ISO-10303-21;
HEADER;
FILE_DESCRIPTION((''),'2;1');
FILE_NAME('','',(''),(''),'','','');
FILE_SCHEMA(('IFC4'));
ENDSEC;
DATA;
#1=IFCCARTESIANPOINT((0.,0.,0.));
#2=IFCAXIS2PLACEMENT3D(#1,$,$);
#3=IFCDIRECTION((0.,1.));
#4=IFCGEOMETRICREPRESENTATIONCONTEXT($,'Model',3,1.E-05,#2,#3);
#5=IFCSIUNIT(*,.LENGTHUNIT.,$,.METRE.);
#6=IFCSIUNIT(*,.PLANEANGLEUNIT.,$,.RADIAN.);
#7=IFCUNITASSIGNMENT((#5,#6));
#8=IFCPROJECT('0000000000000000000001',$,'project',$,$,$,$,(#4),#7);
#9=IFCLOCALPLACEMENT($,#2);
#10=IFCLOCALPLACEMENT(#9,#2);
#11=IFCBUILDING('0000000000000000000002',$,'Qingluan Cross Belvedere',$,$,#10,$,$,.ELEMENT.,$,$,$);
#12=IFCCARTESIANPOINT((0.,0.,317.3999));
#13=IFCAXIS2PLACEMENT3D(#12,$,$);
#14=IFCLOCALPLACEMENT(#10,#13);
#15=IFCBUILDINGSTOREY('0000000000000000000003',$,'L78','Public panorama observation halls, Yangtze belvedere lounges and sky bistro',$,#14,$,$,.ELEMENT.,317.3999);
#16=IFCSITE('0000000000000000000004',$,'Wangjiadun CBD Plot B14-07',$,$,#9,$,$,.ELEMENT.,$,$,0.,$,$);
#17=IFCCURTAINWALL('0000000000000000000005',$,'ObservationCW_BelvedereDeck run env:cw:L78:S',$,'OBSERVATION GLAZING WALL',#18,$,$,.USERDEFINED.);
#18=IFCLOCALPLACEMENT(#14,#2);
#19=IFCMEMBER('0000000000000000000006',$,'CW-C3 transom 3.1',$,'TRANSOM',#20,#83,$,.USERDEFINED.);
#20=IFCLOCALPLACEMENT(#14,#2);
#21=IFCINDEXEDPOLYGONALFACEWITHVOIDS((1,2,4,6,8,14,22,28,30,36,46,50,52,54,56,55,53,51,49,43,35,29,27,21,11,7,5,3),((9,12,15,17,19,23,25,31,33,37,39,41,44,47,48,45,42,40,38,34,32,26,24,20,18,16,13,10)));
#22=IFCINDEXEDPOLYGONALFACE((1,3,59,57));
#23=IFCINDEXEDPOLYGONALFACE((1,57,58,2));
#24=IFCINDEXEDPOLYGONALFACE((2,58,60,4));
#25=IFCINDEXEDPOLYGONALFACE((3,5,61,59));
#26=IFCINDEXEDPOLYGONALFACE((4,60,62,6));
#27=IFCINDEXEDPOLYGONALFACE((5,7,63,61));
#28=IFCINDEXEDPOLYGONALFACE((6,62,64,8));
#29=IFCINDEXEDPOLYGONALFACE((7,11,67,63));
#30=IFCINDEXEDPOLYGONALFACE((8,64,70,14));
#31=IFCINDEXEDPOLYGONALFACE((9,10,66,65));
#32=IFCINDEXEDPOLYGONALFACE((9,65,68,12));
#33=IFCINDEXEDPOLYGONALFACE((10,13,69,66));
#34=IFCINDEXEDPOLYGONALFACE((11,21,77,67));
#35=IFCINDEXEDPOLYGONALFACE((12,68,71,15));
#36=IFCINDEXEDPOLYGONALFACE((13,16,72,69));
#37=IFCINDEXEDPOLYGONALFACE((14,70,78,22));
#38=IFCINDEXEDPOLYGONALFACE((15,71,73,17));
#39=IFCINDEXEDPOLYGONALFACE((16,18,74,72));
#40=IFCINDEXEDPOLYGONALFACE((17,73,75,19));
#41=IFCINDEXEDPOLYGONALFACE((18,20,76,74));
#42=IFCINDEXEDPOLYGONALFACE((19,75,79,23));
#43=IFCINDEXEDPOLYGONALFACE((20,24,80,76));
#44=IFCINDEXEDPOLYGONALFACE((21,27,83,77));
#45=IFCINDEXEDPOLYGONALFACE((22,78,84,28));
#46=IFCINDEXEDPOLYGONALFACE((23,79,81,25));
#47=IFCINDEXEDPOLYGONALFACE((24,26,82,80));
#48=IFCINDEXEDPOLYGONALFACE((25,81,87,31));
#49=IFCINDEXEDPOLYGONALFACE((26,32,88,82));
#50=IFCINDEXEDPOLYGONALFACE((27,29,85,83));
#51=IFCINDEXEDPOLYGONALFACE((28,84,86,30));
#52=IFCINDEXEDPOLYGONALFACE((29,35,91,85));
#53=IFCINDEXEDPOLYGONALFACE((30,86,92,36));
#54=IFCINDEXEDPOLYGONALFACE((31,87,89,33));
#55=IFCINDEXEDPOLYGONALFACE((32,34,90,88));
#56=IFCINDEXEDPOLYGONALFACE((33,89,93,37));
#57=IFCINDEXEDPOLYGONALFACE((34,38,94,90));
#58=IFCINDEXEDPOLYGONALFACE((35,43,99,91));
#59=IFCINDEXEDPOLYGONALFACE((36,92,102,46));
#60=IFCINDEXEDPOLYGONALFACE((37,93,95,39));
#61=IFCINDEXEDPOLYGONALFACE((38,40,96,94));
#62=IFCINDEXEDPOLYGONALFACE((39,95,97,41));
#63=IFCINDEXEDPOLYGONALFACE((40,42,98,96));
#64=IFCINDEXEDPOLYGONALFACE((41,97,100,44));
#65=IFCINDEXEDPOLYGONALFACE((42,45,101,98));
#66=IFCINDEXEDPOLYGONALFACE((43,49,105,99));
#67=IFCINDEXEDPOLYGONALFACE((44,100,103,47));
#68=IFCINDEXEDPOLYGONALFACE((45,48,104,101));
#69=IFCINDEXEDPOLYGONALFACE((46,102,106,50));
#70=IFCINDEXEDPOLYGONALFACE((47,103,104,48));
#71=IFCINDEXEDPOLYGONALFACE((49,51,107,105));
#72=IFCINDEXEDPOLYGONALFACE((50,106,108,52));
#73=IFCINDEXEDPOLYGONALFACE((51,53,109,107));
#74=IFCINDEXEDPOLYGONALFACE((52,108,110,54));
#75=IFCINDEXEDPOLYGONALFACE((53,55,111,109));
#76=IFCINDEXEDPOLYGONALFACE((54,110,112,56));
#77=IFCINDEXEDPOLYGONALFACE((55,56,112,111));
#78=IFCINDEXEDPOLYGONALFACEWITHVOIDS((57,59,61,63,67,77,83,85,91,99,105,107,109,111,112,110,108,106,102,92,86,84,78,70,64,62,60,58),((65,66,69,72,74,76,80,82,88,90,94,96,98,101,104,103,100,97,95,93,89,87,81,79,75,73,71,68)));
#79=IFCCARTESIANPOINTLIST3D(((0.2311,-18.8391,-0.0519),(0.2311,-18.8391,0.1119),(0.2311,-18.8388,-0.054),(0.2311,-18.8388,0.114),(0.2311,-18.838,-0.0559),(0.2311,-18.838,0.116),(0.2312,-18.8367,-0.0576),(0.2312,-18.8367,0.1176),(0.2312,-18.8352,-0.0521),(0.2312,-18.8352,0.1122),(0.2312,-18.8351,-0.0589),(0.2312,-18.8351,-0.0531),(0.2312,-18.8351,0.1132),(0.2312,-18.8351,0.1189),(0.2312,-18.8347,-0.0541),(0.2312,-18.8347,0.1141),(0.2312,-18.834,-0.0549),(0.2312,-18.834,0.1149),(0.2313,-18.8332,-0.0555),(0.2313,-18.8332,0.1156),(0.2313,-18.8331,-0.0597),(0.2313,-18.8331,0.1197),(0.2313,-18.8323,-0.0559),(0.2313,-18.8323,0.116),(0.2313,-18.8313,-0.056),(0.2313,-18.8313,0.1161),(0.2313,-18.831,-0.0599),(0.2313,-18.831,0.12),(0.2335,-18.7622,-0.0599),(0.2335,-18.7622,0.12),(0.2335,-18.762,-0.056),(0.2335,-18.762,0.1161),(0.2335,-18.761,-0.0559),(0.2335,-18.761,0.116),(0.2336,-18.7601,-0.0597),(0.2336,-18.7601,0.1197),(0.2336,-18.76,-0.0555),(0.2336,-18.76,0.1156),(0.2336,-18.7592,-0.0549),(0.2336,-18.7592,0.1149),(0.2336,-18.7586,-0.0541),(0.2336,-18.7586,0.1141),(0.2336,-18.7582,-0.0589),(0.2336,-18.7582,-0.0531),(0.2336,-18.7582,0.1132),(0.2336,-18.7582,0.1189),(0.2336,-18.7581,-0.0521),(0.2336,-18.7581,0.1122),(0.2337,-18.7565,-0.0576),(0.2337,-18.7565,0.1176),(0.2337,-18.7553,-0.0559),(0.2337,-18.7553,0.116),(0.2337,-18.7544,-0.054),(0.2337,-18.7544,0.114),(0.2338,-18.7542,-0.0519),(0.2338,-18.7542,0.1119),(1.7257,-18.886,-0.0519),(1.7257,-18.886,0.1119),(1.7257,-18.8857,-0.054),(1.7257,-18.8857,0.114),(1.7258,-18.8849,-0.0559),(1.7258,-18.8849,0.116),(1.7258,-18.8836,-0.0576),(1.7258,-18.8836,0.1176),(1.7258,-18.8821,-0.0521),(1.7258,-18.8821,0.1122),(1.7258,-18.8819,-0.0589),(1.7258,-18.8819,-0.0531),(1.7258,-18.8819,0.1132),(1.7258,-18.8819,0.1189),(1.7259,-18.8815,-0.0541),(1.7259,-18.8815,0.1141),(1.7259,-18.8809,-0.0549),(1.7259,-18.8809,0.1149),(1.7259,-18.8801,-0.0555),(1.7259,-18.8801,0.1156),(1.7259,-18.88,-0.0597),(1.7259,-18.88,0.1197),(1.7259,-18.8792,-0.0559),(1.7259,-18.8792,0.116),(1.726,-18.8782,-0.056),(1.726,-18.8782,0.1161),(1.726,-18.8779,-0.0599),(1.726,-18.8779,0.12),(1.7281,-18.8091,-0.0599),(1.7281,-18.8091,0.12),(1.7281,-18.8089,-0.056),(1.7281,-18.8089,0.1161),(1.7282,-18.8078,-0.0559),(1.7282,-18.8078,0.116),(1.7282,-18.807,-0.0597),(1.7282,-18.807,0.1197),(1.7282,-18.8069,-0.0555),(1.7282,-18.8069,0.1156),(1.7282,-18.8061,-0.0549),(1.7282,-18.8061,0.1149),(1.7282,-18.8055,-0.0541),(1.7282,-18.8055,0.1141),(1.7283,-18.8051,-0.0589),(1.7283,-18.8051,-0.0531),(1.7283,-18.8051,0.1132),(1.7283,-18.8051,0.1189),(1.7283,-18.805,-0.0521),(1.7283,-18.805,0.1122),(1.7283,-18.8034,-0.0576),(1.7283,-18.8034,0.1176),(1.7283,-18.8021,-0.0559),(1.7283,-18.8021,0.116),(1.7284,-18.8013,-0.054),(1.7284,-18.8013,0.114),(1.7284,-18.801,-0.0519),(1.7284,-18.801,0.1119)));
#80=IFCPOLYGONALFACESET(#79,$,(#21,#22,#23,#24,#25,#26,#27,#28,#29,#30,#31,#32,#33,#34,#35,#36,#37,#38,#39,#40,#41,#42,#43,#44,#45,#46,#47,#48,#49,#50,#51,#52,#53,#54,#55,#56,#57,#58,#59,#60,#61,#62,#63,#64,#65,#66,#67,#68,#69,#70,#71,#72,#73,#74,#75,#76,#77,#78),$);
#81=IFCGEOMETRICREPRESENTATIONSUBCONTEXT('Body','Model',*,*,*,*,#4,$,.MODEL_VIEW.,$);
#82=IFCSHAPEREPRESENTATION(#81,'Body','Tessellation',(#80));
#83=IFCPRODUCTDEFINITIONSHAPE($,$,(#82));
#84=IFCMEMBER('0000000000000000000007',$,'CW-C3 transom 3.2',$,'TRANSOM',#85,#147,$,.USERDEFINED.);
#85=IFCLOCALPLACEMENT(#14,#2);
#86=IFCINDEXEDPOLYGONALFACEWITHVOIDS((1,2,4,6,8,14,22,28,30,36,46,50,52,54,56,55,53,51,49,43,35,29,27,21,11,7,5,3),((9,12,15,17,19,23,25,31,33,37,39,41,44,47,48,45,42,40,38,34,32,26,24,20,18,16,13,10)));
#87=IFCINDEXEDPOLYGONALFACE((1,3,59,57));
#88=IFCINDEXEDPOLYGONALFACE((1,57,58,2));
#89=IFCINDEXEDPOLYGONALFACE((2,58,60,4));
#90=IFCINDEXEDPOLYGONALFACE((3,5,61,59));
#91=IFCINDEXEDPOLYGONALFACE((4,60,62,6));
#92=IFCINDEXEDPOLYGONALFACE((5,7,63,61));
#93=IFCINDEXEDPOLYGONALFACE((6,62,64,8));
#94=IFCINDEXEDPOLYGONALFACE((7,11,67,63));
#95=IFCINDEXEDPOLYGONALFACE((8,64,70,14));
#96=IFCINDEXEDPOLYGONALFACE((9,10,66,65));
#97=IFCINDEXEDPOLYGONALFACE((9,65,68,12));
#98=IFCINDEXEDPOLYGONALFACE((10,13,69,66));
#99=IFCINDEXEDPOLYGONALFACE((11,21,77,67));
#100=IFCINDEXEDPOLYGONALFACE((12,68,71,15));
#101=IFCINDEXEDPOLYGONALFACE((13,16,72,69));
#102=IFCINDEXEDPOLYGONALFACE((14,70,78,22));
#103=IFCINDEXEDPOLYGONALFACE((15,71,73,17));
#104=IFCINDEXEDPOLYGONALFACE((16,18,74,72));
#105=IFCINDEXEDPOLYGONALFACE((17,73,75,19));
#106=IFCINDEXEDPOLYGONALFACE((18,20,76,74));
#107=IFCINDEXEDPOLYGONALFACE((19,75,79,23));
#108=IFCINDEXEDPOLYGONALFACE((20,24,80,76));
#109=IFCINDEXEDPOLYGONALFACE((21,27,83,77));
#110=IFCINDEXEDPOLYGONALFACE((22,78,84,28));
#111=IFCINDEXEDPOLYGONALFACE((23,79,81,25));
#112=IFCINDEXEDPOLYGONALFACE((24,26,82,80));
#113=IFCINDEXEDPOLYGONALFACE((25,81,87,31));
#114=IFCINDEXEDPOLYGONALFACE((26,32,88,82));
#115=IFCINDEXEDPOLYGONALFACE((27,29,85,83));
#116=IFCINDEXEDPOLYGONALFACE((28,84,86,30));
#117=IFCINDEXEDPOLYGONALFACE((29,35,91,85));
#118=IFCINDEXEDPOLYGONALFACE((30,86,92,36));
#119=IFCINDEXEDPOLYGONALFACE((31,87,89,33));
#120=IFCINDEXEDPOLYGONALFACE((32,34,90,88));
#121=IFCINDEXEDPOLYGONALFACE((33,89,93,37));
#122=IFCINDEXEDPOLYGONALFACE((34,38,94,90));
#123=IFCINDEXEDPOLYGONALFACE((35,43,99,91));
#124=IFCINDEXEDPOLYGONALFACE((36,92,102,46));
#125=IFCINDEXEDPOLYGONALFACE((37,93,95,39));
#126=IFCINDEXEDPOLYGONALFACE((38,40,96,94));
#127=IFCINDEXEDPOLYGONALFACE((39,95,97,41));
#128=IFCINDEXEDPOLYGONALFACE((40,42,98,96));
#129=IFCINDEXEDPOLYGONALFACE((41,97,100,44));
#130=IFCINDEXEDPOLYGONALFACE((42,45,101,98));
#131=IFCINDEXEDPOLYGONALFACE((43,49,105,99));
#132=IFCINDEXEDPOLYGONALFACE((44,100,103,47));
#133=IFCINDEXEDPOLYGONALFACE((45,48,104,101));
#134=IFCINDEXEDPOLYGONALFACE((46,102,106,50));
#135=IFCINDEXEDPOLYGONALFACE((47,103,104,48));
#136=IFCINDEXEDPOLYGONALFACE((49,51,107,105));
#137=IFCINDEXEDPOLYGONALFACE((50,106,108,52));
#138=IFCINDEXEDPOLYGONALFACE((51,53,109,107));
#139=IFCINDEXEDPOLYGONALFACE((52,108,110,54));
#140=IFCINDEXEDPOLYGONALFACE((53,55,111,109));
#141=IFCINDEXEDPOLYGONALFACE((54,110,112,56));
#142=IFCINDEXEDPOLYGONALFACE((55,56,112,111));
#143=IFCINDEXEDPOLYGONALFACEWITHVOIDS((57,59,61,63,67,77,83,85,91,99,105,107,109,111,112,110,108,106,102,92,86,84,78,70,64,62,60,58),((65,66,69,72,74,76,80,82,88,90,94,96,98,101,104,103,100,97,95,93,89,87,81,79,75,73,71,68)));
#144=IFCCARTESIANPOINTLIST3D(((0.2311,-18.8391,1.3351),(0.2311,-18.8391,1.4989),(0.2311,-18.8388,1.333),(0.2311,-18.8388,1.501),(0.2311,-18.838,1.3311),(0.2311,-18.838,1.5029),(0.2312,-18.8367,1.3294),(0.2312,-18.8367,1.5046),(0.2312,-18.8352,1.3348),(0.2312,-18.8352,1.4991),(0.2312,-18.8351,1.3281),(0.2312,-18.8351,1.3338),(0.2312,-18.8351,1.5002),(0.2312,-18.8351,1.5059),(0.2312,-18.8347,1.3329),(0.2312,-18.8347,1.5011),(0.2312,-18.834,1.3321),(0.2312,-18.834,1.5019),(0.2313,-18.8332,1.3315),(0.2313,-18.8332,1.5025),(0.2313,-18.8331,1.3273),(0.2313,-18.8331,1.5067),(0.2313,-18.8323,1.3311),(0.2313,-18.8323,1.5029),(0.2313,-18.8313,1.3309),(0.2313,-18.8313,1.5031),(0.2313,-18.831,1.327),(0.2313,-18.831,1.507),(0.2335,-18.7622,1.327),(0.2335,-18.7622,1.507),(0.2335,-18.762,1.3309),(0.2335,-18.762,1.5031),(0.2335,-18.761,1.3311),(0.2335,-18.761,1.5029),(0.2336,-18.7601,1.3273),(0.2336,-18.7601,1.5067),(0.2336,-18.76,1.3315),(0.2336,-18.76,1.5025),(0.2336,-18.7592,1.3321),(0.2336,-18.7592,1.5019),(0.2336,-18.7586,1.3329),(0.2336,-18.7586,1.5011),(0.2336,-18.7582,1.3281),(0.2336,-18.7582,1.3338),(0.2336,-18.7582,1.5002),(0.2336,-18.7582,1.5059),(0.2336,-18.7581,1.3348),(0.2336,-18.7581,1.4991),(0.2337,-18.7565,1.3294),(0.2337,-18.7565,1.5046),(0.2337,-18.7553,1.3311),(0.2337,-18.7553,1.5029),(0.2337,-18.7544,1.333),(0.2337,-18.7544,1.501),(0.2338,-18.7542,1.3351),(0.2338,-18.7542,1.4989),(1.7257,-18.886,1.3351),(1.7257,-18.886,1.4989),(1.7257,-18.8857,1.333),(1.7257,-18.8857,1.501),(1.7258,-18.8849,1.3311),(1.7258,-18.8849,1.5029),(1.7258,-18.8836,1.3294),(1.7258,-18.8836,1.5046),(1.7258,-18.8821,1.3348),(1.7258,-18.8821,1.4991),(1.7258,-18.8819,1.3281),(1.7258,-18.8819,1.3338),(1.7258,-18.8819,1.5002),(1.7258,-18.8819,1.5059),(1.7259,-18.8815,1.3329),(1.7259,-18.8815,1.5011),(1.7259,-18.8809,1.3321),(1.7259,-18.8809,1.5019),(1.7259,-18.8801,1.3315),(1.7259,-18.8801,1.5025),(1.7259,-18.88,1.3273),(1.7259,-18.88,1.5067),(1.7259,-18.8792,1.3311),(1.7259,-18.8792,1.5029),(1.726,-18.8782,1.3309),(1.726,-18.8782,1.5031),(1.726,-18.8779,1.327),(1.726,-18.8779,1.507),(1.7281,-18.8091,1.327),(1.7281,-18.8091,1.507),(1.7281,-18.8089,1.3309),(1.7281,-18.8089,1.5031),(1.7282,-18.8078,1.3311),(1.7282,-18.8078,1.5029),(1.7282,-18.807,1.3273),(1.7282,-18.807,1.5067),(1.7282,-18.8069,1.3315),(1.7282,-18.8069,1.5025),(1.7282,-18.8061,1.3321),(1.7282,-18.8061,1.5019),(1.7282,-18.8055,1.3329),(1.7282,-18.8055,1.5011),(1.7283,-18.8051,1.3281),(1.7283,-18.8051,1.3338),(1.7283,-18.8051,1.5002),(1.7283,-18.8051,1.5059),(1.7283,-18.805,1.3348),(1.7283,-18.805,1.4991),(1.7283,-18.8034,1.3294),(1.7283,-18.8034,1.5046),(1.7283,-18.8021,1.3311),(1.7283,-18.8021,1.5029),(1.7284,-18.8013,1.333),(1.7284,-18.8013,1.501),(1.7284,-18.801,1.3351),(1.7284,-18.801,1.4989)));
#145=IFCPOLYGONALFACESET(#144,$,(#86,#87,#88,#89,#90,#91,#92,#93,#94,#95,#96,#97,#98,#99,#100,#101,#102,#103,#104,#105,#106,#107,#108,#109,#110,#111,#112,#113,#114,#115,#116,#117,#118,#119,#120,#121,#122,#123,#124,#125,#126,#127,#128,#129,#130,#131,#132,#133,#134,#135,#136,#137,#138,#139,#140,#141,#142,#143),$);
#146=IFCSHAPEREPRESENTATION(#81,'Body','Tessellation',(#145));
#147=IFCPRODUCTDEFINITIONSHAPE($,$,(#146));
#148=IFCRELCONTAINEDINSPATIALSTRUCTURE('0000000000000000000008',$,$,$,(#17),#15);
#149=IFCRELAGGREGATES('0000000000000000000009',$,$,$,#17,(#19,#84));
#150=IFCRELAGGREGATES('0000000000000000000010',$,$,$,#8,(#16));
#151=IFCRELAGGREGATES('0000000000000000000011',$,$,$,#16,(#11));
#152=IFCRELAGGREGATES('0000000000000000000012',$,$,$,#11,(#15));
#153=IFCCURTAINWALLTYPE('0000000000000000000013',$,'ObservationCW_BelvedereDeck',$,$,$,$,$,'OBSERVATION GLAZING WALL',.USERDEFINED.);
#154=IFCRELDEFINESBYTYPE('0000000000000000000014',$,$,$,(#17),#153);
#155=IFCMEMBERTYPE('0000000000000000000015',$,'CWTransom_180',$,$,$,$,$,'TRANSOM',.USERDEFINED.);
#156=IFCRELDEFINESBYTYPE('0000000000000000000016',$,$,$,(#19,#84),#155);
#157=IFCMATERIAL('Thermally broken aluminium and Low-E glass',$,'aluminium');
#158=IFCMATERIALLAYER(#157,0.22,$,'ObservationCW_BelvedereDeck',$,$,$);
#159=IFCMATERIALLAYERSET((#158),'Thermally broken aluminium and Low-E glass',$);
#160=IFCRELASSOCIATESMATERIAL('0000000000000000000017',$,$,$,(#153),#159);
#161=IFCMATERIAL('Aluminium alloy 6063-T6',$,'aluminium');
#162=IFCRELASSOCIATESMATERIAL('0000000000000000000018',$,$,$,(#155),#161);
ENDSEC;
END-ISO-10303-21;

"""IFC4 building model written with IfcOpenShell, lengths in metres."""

from ifc_helpers import new_model, si_unit, direction, frame, origin, origin_2d, place, context, subcontext, project, spatial, hollow_rectangle, extrude, material, layer, layer_set, material_profile, profile_set, type_object, element, aggregate, save


model = new_model("IFC4")

# Units and contexts
model_context = context("Model", 3, precision=1e-05, world=origin(), true_north=direction((0.0, 1.0)))
body_context = subcontext(model_context, "Body", "Model", "MODEL_VIEW")
ifc_project = project(units=[si_unit("LENGTHUNIT", "METRE"), si_unit("PLANEANGLEUNIT", "RADIAN")], contexts=[model_context])

# Site, building, storey
site_placement = place(None, origin())
site = spatial("IfcSite", under=ifc_project, at=site_placement, Name="Wangjiadun CBD Plot B14-07", CompositionType="ELEMENT", RefElevation=0.0)
building_placement = place(site_placement, origin())
building = spatial("IfcBuilding", under=site, at=building_placement, Name="Qingluan Cross Belvedere", CompositionType="ELEMENT")
storey_placement = place(building_placement, frame((0.0, 0.0, 317.3999)))
storey = spatial("IfcBuildingStorey", under=building, at=storey_placement, Name="L78", Description="Public panorama observation halls, Yangtze belvedere lounges and sky bistro", CompositionType="ELEMENT", Elevation=317.3999)

# Curtain wall, members
ifc_material_1 = material(Name="Thermally broken aluminium and Low-E glass", Category="aluminium")
ifc_layer_1 = layer(ifc_material_1, 0.22, Name="ObservationCW_BelvedereDeck")
ifc_layer_set_1 = layer_set([ifc_layer_1], Name="Thermally broken aluminium and Low-E glass")
curtain_wall_type = type_object("IfcCurtainWallType", Name="ObservationCW_BelvedereDeck", ElementType="OBSERVATION GLAZING WALL", PredefinedType="USERDEFINED", material=ifc_layer_set_1)
curtain_wall_placement = place(storey_placement, origin())
curtain_wall = element("IfcCurtainWall", 1, at=curtain_wall_placement, inside=storey, type_object=curtain_wall_type, Name="ObservationCW_BelvedereDeck run env:cw:L78:S", ObjectType="OBSERVATION GLAZING WALL", PredefinedType="USERDEFINED")
ifc_material_2 = material(Name="Aluminium alloy 6063-T6", Category="aluminium")
ifc_material_profile_1 = material_profile(ifc_material_2, hollow_rectangle(XDim=0.085, YDim=0.1799, WallThickness=0.0039, InnerFilletRadius=0.0039, OuterFilletRadius=0.0081, at=origin_2d()), Name="CWT180x85x4")
ifc_profile_set_1 = profile_set([ifc_material_profile_1], Name="Aluminium alloy 6063-T6")
member_type_1 = type_object("IfcMemberType", Name="CWTransom_180", ElementType="TRANSOM", PredefinedType="USERDEFINED", material=ifc_profile_set_1)
member_1_placement = place(storey_placement, frame((0.2324, -18.7966, 0.03), z_axis=(0.999509, -0.031347, 0.0), x_axis=(0.031347, 0.999509, 0.0)))
member_1 = element("IfcMember", 2, at=member_1_placement, type_object=member_type_1, Name="CW-C3 transom 3.1", ObjectType="TRANSOM", PredefinedType="USERDEFINED", context=body_context, shape_type="SweptSolid", body=[
    extrude(hollow_rectangle(XDim=0.085, YDim=0.1799, WallThickness=0.0039, InnerFilletRadius=0.0039, OuterFilletRadius=0.0081, at=origin_2d()), origin(), (0.0, 0.0, 1.0), 1.4954),
])
member_2_placement = place(storey_placement, frame((0.2324, -18.7966, 1.417), z_axis=(0.999509, -0.031347, 0.0), x_axis=(0.031347, 0.999509, 0.0)))
member_2 = element("IfcMember", 3, at=member_2_placement, type_object=member_type_1, Name="CW-C3 transom 3.2", ObjectType="TRANSOM", PredefinedType="USERDEFINED", context=body_context, shape_type="SweptSolid", body=[
    extrude(hollow_rectangle(XDim=0.085, YDim=0.1799, WallThickness=0.0039, InnerFilletRadius=0.0039, OuterFilletRadius=0.0081, at=origin_2d()), origin(), (0.0, 0.0, 1.0), 1.4954),
])

aggregate(curtain_wall, [member_1, member_2])

save(model, "model.ifc")
